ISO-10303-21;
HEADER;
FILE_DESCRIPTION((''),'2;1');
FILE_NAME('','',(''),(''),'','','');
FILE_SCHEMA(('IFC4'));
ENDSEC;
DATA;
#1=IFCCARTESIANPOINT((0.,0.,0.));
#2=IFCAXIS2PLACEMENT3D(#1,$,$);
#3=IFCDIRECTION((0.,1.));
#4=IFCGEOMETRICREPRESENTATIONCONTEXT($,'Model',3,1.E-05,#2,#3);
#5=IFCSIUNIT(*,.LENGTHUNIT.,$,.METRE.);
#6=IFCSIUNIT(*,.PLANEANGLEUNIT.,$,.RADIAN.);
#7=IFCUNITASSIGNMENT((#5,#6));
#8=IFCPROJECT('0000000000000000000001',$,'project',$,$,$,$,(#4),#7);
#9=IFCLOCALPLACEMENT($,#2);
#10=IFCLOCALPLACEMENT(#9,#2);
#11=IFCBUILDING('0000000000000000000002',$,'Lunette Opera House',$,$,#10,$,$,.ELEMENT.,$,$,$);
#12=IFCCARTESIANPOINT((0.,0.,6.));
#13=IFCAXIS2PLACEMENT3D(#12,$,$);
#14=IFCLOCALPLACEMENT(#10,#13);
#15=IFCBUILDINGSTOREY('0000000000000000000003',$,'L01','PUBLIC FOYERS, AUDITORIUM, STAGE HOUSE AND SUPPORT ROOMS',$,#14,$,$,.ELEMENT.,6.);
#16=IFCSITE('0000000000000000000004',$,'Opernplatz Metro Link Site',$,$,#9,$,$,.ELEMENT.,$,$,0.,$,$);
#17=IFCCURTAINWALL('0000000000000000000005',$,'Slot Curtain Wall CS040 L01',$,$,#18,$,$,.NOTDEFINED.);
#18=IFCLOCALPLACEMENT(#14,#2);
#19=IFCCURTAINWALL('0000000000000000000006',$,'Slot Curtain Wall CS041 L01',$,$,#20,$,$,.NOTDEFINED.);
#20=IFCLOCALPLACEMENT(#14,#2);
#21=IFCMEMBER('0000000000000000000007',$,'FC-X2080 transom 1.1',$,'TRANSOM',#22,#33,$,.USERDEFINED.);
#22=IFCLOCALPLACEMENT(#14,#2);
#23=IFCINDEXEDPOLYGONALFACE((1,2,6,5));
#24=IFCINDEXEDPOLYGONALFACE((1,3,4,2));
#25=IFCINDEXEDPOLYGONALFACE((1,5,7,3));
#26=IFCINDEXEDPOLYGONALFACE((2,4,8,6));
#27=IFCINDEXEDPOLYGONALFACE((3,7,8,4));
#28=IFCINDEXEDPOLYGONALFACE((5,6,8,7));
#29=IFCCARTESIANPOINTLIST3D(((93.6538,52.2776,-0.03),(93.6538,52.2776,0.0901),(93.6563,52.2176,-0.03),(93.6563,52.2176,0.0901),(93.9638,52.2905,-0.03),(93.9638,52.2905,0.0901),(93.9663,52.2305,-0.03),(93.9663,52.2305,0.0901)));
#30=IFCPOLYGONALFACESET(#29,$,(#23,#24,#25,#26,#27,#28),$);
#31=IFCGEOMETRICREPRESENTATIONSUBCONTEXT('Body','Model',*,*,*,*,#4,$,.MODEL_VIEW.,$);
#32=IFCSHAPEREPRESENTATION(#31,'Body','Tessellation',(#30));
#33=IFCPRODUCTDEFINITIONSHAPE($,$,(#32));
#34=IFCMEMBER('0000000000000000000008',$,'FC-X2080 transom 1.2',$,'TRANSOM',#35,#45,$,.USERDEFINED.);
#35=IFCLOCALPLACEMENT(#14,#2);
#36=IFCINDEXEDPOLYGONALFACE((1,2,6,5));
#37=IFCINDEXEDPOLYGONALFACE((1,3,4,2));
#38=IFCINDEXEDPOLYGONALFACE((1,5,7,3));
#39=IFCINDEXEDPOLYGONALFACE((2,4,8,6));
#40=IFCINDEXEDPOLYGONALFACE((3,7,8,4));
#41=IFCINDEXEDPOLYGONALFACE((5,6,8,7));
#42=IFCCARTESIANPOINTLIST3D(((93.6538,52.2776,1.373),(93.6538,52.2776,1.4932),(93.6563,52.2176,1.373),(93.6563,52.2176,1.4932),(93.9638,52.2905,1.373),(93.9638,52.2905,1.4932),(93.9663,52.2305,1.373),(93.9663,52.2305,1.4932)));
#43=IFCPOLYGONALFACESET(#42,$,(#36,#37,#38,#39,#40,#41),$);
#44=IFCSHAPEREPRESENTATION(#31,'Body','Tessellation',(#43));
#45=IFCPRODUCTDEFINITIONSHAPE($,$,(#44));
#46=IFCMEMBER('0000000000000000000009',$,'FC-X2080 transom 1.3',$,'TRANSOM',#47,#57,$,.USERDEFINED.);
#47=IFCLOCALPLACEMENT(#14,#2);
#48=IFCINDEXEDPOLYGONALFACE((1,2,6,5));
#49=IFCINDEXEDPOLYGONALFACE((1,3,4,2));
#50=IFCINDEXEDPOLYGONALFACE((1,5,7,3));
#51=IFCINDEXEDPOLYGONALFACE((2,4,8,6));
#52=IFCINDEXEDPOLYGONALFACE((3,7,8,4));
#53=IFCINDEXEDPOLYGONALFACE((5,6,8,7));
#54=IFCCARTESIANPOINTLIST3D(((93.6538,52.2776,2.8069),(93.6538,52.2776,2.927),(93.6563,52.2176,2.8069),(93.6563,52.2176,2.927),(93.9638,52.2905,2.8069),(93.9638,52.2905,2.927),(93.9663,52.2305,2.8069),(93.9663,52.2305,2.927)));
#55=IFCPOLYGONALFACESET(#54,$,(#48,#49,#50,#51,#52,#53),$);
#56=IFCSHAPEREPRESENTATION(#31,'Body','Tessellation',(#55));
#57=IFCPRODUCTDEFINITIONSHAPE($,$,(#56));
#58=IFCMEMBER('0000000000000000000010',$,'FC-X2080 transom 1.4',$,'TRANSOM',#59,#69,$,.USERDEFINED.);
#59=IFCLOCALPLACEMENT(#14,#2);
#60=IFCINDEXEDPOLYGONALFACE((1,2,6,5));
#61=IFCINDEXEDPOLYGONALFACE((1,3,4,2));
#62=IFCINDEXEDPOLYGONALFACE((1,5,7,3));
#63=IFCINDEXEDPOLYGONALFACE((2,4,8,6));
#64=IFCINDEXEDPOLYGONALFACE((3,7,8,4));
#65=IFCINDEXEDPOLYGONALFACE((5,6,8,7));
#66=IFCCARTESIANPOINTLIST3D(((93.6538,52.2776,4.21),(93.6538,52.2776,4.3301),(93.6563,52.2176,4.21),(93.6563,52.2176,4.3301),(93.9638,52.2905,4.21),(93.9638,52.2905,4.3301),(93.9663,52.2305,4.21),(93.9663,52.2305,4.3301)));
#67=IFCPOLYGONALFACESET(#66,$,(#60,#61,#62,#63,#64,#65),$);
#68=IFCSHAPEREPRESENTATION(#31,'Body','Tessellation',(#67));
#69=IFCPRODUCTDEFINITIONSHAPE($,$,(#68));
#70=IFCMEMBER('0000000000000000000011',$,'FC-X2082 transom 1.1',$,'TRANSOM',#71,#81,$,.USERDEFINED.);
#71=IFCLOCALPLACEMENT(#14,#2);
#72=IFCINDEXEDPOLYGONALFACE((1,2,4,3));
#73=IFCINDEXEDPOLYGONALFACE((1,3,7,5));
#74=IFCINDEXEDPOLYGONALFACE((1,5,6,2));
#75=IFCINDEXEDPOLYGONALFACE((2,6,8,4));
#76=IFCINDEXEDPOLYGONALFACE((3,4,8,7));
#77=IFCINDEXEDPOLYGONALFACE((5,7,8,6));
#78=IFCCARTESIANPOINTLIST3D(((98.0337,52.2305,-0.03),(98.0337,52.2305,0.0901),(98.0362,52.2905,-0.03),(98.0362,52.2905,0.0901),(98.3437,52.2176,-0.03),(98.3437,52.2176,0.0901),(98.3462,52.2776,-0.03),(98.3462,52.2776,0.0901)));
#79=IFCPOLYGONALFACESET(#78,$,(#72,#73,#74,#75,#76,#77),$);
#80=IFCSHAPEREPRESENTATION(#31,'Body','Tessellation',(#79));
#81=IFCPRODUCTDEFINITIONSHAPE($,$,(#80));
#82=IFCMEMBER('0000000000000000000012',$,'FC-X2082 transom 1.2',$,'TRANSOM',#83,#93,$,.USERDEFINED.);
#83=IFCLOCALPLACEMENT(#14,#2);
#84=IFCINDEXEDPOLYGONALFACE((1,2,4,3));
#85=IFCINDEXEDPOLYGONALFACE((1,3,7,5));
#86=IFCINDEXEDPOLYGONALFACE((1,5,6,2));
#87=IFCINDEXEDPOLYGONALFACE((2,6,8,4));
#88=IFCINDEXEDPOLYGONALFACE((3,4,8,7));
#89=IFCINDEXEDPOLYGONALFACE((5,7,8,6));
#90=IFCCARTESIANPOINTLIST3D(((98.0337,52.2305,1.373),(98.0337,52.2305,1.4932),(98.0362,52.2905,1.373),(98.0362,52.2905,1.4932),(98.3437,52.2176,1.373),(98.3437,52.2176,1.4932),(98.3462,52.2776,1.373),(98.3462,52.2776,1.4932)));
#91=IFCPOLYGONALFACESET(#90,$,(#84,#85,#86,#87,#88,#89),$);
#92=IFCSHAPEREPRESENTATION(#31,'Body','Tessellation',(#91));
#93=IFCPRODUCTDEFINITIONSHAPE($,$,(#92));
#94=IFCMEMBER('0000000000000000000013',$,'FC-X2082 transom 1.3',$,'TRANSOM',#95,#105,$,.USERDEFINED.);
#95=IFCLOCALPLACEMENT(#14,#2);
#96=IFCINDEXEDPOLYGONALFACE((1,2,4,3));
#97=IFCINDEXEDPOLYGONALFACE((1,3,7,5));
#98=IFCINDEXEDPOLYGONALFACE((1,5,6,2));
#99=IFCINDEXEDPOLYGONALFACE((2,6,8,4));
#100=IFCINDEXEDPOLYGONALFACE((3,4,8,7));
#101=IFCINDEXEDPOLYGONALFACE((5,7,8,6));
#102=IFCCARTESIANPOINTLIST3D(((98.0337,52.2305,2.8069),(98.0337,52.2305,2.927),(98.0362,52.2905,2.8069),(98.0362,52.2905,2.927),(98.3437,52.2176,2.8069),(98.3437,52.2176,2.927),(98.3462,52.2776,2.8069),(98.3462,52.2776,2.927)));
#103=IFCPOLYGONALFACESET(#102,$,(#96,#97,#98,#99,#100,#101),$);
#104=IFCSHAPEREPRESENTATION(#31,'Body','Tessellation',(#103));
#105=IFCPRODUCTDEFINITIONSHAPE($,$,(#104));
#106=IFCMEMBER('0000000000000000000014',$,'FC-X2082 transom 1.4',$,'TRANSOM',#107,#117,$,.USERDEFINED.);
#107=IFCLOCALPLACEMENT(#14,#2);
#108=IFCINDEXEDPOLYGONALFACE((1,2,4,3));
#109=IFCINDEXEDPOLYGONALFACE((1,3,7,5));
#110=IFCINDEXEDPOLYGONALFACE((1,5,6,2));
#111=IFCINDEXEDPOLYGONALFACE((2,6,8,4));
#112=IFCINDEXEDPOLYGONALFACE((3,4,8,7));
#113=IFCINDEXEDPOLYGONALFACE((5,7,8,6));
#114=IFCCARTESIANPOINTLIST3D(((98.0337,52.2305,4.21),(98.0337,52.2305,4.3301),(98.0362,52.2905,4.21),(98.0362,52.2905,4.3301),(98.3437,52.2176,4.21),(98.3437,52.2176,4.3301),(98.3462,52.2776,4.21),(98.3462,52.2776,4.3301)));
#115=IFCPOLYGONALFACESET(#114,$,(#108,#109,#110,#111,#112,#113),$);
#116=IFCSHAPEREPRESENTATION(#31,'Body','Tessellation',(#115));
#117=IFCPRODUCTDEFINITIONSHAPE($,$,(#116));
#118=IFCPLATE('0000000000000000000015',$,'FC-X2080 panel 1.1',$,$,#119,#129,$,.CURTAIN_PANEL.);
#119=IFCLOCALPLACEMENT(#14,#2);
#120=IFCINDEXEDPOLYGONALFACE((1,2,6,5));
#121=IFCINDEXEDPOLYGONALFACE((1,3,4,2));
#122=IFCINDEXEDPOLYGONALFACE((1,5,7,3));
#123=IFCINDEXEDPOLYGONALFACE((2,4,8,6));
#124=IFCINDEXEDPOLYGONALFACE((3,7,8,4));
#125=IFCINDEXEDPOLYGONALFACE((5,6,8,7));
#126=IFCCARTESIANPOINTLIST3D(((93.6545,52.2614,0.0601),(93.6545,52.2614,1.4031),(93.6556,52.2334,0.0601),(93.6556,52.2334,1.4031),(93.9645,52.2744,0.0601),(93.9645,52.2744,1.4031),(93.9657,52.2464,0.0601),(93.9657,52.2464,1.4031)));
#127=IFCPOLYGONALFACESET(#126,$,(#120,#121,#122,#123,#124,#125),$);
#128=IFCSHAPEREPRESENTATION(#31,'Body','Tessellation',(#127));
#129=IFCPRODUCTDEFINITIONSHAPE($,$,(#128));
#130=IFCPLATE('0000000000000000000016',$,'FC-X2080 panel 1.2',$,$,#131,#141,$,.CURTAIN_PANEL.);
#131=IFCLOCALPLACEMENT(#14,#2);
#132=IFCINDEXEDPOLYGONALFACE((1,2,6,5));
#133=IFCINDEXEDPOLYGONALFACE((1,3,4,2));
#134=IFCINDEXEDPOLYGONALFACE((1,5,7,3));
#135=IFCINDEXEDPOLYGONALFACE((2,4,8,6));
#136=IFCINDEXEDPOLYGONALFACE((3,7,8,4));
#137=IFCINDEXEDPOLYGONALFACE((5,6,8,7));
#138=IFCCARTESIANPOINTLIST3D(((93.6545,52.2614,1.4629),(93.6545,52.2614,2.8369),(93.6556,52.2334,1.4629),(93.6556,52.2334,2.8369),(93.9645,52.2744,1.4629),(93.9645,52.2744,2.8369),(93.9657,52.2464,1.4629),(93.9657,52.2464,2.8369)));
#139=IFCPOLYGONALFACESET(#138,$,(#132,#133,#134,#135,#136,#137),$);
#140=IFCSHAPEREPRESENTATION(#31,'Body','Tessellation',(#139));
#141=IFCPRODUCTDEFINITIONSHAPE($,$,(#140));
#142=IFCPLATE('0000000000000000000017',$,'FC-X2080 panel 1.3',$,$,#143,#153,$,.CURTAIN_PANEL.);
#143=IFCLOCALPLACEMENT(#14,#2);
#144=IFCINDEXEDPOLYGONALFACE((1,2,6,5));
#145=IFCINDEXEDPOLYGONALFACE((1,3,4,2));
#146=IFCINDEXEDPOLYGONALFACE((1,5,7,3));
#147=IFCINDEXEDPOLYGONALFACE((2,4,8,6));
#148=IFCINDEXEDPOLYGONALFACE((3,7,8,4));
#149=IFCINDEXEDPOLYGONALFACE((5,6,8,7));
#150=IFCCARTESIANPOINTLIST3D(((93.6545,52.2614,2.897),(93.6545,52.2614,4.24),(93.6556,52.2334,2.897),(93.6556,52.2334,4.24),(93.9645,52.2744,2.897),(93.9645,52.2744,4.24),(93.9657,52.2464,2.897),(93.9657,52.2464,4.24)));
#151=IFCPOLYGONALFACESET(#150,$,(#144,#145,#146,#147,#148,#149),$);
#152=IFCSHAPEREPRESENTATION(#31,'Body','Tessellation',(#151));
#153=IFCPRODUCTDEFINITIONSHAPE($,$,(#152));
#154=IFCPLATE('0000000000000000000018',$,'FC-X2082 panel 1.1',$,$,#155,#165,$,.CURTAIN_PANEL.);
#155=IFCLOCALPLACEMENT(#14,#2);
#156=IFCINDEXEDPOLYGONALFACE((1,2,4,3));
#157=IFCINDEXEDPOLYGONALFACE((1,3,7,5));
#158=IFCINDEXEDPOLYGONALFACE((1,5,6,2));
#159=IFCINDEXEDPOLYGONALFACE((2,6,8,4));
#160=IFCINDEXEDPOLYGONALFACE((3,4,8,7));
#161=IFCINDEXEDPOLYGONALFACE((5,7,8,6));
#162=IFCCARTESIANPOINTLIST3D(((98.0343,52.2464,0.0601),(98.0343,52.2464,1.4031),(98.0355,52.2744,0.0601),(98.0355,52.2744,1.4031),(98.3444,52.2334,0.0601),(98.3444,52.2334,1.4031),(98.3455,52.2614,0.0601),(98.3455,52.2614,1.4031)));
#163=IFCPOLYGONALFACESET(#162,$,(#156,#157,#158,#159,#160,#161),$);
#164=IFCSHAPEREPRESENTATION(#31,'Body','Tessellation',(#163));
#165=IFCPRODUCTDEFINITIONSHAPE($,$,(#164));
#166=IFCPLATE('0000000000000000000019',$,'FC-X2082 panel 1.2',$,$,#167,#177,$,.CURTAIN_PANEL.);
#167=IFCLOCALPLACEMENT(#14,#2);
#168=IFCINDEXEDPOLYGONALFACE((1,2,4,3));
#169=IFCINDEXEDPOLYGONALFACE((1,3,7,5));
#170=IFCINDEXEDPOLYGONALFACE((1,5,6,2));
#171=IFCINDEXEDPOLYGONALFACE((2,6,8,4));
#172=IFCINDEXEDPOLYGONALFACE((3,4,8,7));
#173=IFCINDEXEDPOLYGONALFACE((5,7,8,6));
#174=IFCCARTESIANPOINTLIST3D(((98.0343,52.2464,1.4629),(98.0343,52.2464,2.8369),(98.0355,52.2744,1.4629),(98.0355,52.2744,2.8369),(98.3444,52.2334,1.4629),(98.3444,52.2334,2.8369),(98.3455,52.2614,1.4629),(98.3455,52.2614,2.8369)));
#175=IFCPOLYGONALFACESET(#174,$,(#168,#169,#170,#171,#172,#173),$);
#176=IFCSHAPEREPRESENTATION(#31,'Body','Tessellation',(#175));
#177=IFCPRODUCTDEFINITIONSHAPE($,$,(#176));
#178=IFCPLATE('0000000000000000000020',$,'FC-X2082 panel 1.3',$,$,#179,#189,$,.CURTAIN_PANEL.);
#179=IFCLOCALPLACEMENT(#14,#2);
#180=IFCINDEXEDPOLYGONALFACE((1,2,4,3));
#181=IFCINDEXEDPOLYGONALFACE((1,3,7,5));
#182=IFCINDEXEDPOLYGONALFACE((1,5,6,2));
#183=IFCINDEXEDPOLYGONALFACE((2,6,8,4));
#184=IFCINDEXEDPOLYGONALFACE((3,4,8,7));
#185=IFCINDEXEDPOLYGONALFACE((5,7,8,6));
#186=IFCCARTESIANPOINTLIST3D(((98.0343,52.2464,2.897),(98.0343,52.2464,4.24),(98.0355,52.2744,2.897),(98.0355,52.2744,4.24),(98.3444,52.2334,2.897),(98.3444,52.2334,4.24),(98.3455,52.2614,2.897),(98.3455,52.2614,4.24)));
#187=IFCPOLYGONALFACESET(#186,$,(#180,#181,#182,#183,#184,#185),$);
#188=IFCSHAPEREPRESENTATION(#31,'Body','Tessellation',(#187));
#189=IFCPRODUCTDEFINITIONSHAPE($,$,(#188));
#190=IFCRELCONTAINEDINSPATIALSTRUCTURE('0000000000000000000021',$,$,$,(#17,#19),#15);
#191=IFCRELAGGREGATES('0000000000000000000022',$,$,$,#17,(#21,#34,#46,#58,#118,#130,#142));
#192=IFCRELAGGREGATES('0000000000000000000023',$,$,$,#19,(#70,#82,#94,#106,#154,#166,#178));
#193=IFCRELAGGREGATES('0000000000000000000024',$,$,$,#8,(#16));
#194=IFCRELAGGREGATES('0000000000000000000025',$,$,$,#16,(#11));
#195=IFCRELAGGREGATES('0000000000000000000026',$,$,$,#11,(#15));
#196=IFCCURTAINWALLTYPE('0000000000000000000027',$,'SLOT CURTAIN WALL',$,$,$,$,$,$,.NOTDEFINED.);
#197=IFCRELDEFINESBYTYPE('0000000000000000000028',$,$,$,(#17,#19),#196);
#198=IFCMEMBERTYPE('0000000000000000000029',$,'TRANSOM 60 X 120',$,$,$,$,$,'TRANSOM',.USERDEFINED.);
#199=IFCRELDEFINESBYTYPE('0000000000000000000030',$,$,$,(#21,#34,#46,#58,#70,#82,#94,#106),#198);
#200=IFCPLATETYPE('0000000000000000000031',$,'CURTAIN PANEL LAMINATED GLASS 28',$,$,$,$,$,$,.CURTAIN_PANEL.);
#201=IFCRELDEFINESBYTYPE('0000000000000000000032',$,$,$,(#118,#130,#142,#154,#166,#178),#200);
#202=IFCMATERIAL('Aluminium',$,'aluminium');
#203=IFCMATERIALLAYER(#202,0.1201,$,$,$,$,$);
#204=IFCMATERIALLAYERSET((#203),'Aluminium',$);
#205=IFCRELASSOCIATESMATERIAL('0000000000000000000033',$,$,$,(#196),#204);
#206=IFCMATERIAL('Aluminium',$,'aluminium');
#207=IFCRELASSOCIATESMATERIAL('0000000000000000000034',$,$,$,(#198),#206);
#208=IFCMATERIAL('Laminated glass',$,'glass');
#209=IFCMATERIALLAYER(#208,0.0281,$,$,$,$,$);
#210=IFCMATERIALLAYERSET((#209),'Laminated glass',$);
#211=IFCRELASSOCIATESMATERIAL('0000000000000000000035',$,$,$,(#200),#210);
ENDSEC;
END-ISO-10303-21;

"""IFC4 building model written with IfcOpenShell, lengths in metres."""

from ifc_helpers import new_model, si_unit, direction, frame, origin, origin_2d, place, context, subcontext, project, spatial, rectangle, extrude, material, layer, layer_set, material_profile, profile_set, type_object, element, aggregate, save


model = new_model("IFC4")

# Units and contexts
model_context = context("Model", 3, precision=1e-05, world=origin(), true_north=direction((0.0, 1.0)))
body_context = subcontext(model_context, "Body", "Model", "MODEL_VIEW")
ifc_project = project(units=[si_unit("LENGTHUNIT", "METRE"), si_unit("PLANEANGLEUNIT", "RADIAN")], contexts=[model_context])

# Site, building, storey
site_placement = place(None, origin())
site = spatial("IfcSite", under=ifc_project, at=site_placement, Name="Opernplatz Metro Link Site", CompositionType="ELEMENT", RefElevation=0.0)
building_placement = place(site_placement, origin())
building = spatial("IfcBuilding", under=site, at=building_placement, Name="Lunette Opera House", CompositionType="ELEMENT")
storey_placement = place(building_placement, frame((0.0, 0.0, 6.0)))
storey = spatial("IfcBuildingStorey", under=building, at=storey_placement, Name="L01", Description="PUBLIC FOYERS, AUDITORIUM, STAGE HOUSE AND SUPPORT ROOMS", CompositionType="ELEMENT", Elevation=6.0)

# Curtain walls
ifc_material_1 = material(Name="Aluminium", Category="aluminium")
ifc_layer_1 = layer(ifc_material_1, 0.1201)
ifc_layer_set_1 = layer_set([ifc_layer_1], Name="Aluminium")
curtain_wall_type = type_object("IfcCurtainWallType", Name="SLOT CURTAIN WALL", PredefinedType="NOTDEFINED", material=ifc_layer_set_1)
curtain_wall_1_placement = place(storey_placement, origin())
curtain_wall_1 = element("IfcCurtainWall", 1, at=curtain_wall_1_placement, inside=storey, type_object=curtain_wall_type, Name="Slot Curtain Wall CS040 L01", PredefinedType="NOTDEFINED")
curtain_wall_2_placement = place(storey_placement, origin())
curtain_wall_2 = element("IfcCurtainWall", 2, at=curtain_wall_2_placement, inside=storey, type_object=curtain_wall_type, Name="Slot Curtain Wall CS041 L01", PredefinedType="NOTDEFINED")

# Members
ifc_material_2 = material(Name="Aluminium", Category="aluminium")
ifc_material_profile_1 = material_profile(ifc_material_2, rectangle(XDim=0.0601, YDim=0.1201, at=origin_2d()), Name="TRANSOM 60 X 120")
ifc_profile_set_1 = profile_set([ifc_material_profile_1], Name="Aluminium")
member_type_1 = type_object("IfcMemberType", Name="TRANSOM 60 X 120", ElementType="TRANSOM", PredefinedType="USERDEFINED", material=ifc_profile_set_1)
member_1_placement = place(storey_placement, frame((93.655, 52.2476, 0.03), z_axis=(0.99913, 0.041696, 0.0), x_axis=(-0.041696, 0.99913, 0.0)))
member_1 = element("IfcMember", 3, at=member_1_placement, type_object=member_type_1, Name="FC-X2080 transom 1.1", ObjectType="TRANSOM", PredefinedType="USERDEFINED", context=body_context, shape_type="SweptSolid", body=[
    extrude(rectangle(XDim=0.0601, YDim=0.1201, at=origin_2d()), origin(), (0.0, 0.0, 1.0), 0.3103),
])
member_2_placement = place(storey_placement, frame((93.655, 52.2476, 1.4331), z_axis=(0.99913, 0.041696, 0.0), x_axis=(-0.041696, 0.99913, 0.0)))
member_2 = element("IfcMember", 4, at=member_2_placement, type_object=member_type_1, Name="FC-X2080 transom 1.2", ObjectType="TRANSOM", PredefinedType="USERDEFINED", context=body_context, shape_type="SweptSolid", body=[
    extrude(rectangle(XDim=0.0601, YDim=0.1201, at=origin_2d()), origin(), (0.0, 0.0, 1.0), 0.3103),
])
member_3_placement = place(storey_placement, frame((93.655, 52.2476, 2.8669), z_axis=(0.99913, 0.041696, 0.0), x_axis=(-0.041696, 0.99913, 0.0)))
member_3 = element("IfcMember", 5, at=member_3_placement, type_object=member_type_1, Name="FC-X2080 transom 1.3", ObjectType="TRANSOM", PredefinedType="USERDEFINED", context=body_context, shape_type="SweptSolid", body=[
    extrude(rectangle(XDim=0.0601, YDim=0.1201, at=origin_2d()), origin(), (0.0, 0.0, 1.0), 0.3103),
])
member_4_placement = place(storey_placement, frame((93.655, 52.2476, 4.27), z_axis=(0.99913, 0.041696, 0.0), x_axis=(-0.041696, 0.99913, 0.0)))
member_4 = element("IfcMember", 6, at=member_4_placement, type_object=member_type_1, Name="FC-X2080 transom 1.4", ObjectType="TRANSOM", PredefinedType="USERDEFINED", context=body_context, shape_type="SweptSolid", body=[
    extrude(rectangle(XDim=0.0601, YDim=0.1201, at=origin_2d()), origin(), (0.0, 0.0, 1.0), 0.3103),
])
member_5_placement = place(storey_placement, frame((98.0349, 52.2605, 0.03), z_axis=(0.99913, -0.041696, 0.0), x_axis=(0.041696, 0.99913, 0.0)))
member_5 = element("IfcMember", 7, at=member_5_placement, type_object=member_type_1, Name="FC-X2082 transom 1.1", ObjectType="TRANSOM", PredefinedType="USERDEFINED", context=body_context, shape_type="SweptSolid", body=[
    extrude(rectangle(XDim=0.0601, YDim=0.1201, at=origin_2d()), origin(), (0.0, 0.0, 1.0), 0.3103),
])
member_6_placement = place(storey_placement, frame((98.0349, 52.2605, 1.4331), z_axis=(0.99913, -0.041696, 0.0), x_axis=(0.041696, 0.99913, 0.0)))
member_6 = element("IfcMember", 8, at=member_6_placement, type_object=member_type_1, Name="FC-X2082 transom 1.2", ObjectType="TRANSOM", PredefinedType="USERDEFINED", context=body_context, shape_type="SweptSolid", body=[
    extrude(rectangle(XDim=0.0601, YDim=0.1201, at=origin_2d()), origin(), (0.0, 0.0, 1.0), 0.3103),
])
member_7_placement = place(storey_placement, frame((98.0349, 52.2605, 2.8669), z_axis=(0.99913, -0.041696, 0.0), x_axis=(0.041696, 0.99913, 0.0)))
member_7 = element("IfcMember", 9, at=member_7_placement, type_object=member_type_1, Name="FC-X2082 transom 1.3", ObjectType="TRANSOM", PredefinedType="USERDEFINED", context=body_context, shape_type="SweptSolid", body=[
    extrude(rectangle(XDim=0.0601, YDim=0.1201, at=origin_2d()), origin(), (0.0, 0.0, 1.0), 0.3103),
])
member_8_placement = place(storey_placement, frame((98.0349, 52.2605, 4.27), z_axis=(0.99913, -0.041696, 0.0), x_axis=(0.041696, 0.99913, 0.0)))
member_8 = element("IfcMember", 10, at=member_8_placement, type_object=member_type_1, Name="FC-X2082 transom 1.4", ObjectType="TRANSOM", PredefinedType="USERDEFINED", context=body_context, shape_type="SweptSolid", body=[
    extrude(rectangle(XDim=0.0601, YDim=0.1201, at=origin_2d()), origin(), (0.0, 0.0, 1.0), 0.3103),
])

# Plates
ifc_material_3 = material(Name="Laminated glass", Category="glass")
ifc_layer_2 = layer(ifc_material_3, 0.0281)
ifc_layer_set_2 = layer_set([ifc_layer_2], Name="Laminated glass")
plate_type = type_object("IfcPlateType", Name="CURTAIN PANEL LAMINATED GLASS 28", PredefinedType="CURTAIN_PANEL", material=ifc_layer_set_2)
plate_1_placement = place(storey_placement, frame((93.8101, 52.2539, 0.0601), z_axis=(0.0, 0.0, 1.0), x_axis=(0.999125, 0.041824, 0.0)))
plate_1 = element("IfcPlate", 11, at=plate_1_placement, type_object=plate_type, Name="FC-X2080 panel 1.1", PredefinedType="CURTAIN_PANEL", context=body_context, shape_type="SweptSolid", body=[
    extrude(rectangle(XDim=0.3103, YDim=0.0281, at=origin_2d()), origin(), (0.0, 0.0, 1.0), 1.343),
])
plate_2_placement = place(storey_placement, frame((93.8101, 52.2539, 1.4629), z_axis=(0.0, 0.0, 1.0), x_axis=(0.999125, 0.041824, 0.0)))
plate_2 = element("IfcPlate", 12, at=plate_2_placement, type_object=plate_type, Name="FC-X2080 panel 1.2", PredefinedType="CURTAIN_PANEL", context=body_context, shape_type="SweptSolid", body=[
    extrude(rectangle(XDim=0.3103, YDim=0.0281, at=origin_2d()), origin(), (0.0, 0.0, 1.0), 1.374),
])
plate_3_placement = place(storey_placement, frame((93.8101, 52.2539, 2.897), z_axis=(0.0, 0.0, 1.0), x_axis=(0.999125, 0.041824, 0.0)))
plate_3 = element("IfcPlate", 13, at=plate_3_placement, type_object=plate_type, Name="FC-X2080 panel 1.3", PredefinedType="CURTAIN_PANEL", context=body_context, shape_type="SweptSolid", body=[
    extrude(rectangle(XDim=0.3103, YDim=0.0281, at=origin_2d()), origin(), (0.0, 0.0, 1.0), 1.343),
])
aggregate(curtain_wall_1, [member_1, member_2, member_3, member_4, plate_1, plate_2, plate_3])
plate_4_placement = place(storey_placement, frame((98.1899, 52.2539, 0.0601), z_axis=(0.0, 0.0, 1.0), x_axis=(0.999125, -0.041824, 0.0)))
plate_4 = element("IfcPlate", 14, at=plate_4_placement, type_object=plate_type, Name="FC-X2082 panel 1.1", PredefinedType="CURTAIN_PANEL", context=body_context, shape_type="SweptSolid", body=[
    extrude(rectangle(XDim=0.3103, YDim=0.0281, at=origin_2d()), origin(), (0.0, 0.0, 1.0), 1.343),
])
plate_5_placement = place(storey_placement, frame((98.1899, 52.2539, 1.4629), z_axis=(0.0, 0.0, 1.0), x_axis=(0.999125, -0.041824, 0.0)))
plate_5 = element("IfcPlate", 15, at=plate_5_placement, type_object=plate_type, Name="FC-X2082 panel 1.2", PredefinedType="CURTAIN_PANEL", context=body_context, shape_type="SweptSolid", body=[
    extrude(rectangle(XDim=0.3103, YDim=0.0281, at=origin_2d()), origin(), (0.0, 0.0, 1.0), 1.374),
])
plate_6_placement = place(storey_placement, frame((98.1899, 52.2539, 2.897), z_axis=(0.0, 0.0, 1.0), x_axis=(0.999125, -0.041824, 0.0)))
plate_6 = element("IfcPlate", 16, at=plate_6_placement, type_object=plate_type, Name="FC-X2082 panel 1.3", PredefinedType="CURTAIN_PANEL", context=body_context, shape_type="SweptSolid", body=[
    extrude(rectangle(XDim=0.3103, YDim=0.0281, at=origin_2d()), origin(), (0.0, 0.0, 1.0), 1.343),
])
aggregate(curtain_wall_2, [member_5, member_6, member_7, member_8, plate_4, plate_5, plate_6])

save(model, "model.ifc")
